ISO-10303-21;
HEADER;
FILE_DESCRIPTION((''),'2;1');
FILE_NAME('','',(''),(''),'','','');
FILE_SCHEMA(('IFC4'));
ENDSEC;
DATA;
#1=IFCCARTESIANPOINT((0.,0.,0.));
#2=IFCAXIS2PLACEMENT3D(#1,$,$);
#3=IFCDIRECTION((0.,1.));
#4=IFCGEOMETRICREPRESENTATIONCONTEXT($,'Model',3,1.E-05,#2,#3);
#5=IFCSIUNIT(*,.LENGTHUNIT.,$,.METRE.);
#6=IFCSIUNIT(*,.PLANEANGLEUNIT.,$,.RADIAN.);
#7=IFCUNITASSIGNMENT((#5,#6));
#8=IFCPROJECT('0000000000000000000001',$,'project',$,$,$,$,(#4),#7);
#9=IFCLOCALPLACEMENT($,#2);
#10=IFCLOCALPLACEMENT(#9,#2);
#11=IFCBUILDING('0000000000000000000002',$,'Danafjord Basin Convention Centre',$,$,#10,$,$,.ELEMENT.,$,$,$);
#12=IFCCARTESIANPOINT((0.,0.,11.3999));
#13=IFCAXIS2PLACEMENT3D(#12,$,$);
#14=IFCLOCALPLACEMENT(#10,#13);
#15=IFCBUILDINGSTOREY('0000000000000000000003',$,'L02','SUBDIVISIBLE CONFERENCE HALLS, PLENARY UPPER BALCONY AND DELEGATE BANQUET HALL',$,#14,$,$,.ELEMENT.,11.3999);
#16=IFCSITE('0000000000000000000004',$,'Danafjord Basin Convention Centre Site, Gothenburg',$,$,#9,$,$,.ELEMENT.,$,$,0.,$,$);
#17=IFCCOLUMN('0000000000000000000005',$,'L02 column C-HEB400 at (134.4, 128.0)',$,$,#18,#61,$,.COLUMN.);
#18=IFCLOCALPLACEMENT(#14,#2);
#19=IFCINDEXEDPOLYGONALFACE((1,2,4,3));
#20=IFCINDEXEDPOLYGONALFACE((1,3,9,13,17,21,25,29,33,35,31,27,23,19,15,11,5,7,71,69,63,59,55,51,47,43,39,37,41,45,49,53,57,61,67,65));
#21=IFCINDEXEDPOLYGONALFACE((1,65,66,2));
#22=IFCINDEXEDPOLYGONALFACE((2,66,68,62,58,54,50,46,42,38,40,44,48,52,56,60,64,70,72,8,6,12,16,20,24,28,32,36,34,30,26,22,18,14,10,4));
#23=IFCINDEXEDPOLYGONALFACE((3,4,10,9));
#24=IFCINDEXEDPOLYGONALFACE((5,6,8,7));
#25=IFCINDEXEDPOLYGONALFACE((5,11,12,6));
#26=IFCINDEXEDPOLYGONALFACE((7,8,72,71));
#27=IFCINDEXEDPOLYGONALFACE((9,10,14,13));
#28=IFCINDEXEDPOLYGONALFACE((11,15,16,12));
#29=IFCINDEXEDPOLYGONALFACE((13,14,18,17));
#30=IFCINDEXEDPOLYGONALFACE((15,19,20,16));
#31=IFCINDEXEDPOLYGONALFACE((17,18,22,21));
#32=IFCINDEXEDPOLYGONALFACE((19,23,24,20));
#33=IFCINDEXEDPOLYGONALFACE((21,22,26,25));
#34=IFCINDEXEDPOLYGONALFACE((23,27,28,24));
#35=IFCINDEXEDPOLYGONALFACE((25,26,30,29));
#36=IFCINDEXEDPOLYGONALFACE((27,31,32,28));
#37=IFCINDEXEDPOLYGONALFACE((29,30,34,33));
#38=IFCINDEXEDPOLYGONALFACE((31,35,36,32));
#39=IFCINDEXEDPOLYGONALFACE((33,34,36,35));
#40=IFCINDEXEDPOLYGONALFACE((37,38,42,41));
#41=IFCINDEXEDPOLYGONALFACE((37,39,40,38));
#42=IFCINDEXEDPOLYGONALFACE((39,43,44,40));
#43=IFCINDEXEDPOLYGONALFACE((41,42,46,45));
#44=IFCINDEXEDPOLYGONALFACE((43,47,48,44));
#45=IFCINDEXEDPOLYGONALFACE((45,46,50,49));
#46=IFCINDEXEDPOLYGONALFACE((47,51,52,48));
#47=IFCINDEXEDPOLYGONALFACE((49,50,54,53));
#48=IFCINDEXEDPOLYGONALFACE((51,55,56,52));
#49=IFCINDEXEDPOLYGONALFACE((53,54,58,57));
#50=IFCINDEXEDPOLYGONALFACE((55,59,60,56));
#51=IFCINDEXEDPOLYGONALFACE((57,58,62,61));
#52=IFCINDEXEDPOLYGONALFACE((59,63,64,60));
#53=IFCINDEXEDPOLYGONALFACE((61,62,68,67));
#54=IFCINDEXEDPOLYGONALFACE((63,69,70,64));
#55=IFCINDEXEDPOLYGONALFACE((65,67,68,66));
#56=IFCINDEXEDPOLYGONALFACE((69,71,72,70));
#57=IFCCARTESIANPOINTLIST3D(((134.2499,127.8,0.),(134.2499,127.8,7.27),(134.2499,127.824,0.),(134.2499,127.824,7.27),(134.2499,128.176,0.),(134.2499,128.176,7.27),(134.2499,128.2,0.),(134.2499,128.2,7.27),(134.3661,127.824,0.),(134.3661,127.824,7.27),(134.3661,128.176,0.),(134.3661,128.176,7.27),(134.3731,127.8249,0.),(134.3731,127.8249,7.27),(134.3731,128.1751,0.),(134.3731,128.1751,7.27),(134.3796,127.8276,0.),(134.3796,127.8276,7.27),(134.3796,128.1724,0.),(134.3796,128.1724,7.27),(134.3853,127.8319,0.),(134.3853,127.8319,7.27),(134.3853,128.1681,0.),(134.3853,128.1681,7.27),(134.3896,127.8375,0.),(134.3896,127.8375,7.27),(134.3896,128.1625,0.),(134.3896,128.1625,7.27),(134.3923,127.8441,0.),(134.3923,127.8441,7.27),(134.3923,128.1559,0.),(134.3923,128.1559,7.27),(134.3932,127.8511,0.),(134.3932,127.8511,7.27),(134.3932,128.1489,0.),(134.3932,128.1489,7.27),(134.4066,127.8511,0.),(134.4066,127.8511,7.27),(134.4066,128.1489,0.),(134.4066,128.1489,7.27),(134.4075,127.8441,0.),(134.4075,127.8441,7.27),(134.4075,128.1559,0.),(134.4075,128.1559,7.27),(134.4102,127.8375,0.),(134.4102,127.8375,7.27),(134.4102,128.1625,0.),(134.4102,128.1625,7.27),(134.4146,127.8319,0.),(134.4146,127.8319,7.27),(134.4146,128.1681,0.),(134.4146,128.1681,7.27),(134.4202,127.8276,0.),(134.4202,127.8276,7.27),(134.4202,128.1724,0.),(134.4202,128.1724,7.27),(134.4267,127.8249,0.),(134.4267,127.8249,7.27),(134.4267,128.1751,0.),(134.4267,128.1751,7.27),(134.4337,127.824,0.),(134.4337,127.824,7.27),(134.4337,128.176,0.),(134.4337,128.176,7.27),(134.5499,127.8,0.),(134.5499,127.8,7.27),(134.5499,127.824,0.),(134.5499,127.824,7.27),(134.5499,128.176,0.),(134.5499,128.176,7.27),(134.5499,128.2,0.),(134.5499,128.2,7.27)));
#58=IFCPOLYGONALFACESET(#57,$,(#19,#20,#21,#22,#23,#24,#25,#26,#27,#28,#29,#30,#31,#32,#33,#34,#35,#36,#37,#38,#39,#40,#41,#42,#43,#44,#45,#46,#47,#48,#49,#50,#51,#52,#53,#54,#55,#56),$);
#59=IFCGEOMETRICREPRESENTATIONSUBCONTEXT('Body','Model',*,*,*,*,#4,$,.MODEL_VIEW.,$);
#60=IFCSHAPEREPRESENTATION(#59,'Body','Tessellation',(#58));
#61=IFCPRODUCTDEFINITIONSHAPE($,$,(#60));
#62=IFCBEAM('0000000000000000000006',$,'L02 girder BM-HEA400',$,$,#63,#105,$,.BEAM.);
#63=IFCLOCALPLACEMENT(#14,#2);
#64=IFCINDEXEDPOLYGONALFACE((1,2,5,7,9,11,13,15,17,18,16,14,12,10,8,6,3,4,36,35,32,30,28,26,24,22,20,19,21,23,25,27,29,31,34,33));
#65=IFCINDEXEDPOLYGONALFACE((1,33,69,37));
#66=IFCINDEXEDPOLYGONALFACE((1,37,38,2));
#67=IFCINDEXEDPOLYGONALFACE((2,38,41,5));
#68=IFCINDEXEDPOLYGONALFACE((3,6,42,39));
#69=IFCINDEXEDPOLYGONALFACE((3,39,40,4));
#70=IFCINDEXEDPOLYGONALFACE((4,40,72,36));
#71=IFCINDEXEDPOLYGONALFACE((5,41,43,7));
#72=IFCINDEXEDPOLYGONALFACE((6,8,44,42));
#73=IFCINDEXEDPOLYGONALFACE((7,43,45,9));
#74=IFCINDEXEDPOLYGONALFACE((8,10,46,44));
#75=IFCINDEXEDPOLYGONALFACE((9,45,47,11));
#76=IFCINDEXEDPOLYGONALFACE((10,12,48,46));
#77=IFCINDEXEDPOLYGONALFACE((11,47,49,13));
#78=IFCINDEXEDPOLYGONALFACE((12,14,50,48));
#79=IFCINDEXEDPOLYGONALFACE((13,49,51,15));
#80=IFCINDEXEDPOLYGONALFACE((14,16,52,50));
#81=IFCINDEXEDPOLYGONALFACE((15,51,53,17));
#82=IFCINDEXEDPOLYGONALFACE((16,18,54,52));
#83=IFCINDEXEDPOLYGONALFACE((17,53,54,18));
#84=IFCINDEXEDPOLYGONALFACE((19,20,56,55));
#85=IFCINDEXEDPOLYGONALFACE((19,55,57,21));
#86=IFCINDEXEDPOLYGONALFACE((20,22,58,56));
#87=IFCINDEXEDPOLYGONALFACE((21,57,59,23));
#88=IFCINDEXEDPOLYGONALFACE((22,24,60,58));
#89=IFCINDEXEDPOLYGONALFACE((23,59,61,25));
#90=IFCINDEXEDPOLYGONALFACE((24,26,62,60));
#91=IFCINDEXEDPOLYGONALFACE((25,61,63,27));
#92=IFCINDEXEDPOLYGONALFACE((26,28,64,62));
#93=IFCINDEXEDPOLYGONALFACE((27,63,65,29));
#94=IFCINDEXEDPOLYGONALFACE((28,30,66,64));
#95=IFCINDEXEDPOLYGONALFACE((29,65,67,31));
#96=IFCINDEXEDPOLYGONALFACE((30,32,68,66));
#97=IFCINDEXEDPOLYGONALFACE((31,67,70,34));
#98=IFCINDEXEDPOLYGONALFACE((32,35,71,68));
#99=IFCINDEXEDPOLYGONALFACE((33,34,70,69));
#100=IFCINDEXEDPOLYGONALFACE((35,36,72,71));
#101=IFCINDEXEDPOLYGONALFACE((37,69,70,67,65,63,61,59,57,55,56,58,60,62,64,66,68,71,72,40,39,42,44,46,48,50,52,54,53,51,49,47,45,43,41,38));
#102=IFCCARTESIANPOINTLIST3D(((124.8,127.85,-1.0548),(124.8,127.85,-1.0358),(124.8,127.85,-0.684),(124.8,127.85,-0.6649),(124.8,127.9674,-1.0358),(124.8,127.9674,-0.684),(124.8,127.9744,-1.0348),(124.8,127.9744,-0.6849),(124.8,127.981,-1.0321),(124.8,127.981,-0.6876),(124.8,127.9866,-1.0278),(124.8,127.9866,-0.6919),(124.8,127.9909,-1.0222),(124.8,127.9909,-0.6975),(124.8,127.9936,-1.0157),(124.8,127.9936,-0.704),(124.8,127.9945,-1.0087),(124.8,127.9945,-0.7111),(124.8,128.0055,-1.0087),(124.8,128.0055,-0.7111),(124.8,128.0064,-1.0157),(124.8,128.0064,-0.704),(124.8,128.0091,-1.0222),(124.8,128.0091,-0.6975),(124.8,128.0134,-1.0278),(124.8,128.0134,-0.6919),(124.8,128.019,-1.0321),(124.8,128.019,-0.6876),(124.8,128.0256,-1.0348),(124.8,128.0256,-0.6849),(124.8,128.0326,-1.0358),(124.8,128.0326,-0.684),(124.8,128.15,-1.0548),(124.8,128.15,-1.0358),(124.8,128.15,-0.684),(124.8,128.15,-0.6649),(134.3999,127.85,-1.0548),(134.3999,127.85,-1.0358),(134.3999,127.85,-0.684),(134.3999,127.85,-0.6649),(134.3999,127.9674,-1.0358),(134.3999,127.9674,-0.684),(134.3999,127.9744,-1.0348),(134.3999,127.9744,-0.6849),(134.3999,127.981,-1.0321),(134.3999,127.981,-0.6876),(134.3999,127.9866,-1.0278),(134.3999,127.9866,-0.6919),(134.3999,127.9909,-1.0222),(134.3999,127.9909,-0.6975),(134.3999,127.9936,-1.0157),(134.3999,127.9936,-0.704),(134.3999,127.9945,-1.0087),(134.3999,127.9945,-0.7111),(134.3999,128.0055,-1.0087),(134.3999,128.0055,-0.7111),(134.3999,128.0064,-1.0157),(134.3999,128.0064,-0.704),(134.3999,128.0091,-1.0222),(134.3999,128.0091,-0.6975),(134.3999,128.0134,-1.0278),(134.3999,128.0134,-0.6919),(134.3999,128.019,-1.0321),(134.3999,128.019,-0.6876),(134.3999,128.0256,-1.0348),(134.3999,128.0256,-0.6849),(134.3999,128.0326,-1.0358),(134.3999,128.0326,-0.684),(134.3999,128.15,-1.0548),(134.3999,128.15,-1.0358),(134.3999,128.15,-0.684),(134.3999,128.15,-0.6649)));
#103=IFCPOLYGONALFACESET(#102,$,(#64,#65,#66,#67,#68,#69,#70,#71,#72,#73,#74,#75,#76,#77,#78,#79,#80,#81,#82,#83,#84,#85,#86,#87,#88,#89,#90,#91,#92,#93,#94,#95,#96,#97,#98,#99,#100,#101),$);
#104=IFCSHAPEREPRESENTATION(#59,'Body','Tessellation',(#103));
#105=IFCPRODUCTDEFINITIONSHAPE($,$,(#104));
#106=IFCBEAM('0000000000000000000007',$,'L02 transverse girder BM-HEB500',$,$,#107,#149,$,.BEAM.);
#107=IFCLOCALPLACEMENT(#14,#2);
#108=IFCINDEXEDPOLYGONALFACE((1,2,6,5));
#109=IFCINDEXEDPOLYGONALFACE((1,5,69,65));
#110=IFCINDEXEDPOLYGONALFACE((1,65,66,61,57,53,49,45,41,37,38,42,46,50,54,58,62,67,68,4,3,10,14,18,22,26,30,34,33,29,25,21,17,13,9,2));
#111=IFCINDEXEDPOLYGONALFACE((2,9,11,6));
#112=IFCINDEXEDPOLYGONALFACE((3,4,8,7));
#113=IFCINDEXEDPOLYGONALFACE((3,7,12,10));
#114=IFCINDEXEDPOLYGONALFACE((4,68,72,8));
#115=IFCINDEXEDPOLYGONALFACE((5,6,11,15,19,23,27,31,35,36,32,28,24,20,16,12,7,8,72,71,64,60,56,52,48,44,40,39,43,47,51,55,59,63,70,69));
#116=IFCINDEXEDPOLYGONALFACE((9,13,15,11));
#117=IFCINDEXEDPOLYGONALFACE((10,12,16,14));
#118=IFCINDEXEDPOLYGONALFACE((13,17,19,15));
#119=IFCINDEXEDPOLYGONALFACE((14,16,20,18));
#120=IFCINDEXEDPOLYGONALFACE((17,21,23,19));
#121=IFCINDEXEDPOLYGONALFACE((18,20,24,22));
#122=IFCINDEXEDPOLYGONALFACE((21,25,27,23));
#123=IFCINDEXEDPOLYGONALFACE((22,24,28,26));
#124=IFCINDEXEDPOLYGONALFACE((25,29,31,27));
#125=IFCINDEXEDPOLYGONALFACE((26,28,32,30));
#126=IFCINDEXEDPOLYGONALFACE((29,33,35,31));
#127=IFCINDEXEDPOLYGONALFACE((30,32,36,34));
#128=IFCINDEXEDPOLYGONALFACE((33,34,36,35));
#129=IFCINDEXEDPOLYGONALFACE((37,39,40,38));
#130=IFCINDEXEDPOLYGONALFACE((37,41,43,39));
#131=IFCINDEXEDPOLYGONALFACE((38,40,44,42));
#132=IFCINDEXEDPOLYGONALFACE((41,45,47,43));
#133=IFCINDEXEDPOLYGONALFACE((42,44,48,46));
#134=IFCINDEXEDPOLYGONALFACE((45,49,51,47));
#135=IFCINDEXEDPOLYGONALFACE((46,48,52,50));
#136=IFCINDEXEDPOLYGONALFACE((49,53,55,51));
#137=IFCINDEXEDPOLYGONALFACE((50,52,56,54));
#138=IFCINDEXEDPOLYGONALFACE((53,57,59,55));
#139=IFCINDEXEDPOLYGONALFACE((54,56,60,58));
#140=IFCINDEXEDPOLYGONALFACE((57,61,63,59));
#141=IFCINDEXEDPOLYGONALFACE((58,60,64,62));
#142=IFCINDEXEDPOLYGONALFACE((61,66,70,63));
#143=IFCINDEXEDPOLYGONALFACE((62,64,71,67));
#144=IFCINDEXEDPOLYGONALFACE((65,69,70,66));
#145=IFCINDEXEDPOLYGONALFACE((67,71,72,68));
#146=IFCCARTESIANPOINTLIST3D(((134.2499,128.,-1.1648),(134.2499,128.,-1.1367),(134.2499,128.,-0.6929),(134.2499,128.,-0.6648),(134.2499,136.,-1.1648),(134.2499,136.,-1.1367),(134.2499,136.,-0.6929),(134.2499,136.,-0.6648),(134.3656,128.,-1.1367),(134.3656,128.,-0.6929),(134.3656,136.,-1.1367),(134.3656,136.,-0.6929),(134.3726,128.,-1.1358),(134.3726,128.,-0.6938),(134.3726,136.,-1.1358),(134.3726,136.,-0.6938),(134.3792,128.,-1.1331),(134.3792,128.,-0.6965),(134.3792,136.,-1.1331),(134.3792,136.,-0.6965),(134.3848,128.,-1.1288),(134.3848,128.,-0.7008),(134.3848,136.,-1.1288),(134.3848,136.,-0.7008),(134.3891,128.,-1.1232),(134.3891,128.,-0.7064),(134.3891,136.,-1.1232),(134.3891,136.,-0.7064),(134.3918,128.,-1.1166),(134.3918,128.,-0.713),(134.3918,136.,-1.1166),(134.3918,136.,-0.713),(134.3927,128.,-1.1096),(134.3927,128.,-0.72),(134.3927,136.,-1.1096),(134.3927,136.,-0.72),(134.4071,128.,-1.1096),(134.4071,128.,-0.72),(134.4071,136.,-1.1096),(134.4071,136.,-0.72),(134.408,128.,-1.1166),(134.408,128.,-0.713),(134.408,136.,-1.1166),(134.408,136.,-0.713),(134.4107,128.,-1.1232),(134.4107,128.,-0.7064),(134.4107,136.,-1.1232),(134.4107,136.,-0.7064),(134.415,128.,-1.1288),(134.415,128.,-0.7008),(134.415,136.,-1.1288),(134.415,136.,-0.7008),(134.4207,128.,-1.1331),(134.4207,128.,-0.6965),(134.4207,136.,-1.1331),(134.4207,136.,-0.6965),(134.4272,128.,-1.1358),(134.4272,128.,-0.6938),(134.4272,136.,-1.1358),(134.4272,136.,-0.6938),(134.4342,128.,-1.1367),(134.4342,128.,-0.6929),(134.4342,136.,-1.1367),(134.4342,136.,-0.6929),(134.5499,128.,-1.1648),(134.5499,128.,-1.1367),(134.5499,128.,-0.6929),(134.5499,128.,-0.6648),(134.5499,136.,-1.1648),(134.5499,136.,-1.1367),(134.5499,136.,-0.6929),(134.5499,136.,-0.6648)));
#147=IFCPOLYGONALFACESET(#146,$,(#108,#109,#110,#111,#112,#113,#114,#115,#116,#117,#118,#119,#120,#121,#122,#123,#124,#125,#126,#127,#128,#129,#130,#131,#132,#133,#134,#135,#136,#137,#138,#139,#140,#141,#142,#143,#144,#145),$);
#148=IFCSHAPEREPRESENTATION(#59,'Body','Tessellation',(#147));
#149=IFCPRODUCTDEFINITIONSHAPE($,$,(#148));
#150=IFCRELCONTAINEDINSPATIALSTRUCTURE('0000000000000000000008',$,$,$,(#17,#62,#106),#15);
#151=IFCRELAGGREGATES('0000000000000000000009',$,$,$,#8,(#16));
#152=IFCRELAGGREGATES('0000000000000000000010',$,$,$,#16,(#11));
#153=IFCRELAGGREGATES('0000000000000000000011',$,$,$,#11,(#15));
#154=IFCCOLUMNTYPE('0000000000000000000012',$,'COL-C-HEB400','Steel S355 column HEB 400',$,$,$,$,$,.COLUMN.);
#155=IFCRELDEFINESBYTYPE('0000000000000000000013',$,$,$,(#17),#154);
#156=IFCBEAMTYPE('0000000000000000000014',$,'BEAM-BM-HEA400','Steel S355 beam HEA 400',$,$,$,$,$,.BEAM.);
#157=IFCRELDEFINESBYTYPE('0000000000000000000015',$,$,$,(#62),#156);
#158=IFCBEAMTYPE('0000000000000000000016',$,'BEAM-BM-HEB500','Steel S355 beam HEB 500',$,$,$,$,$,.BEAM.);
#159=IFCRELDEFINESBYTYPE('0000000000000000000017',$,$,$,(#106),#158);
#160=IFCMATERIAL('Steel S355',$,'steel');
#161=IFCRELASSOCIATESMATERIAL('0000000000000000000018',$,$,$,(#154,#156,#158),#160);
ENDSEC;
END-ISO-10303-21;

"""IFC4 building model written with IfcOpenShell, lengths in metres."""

from ifc_helpers import new_model, si_unit, direction, frame, origin, origin_2d, place, context, subcontext, project, spatial, i_section, extrude, material, material_profile, profile_set, type_object, element, save


model = new_model("IFC4")

# Units and contexts
model_context = context("Model", 3, precision=1e-05, world=origin(), true_north=direction((0.0, 1.0)))
body_context = subcontext(model_context, "Body", "Model", "MODEL_VIEW")
ifc_project = project(units=[si_unit("LENGTHUNIT", "METRE"), si_unit("PLANEANGLEUNIT", "RADIAN")], contexts=[model_context])

# Site, building, storey
site_placement = place(None, origin())
site = spatial("IfcSite", under=ifc_project, at=site_placement, Name="Danafjord Basin Convention Centre Site, Gothenburg", CompositionType="ELEMENT", RefElevation=0.0)
building_placement = place(site_placement, origin())
building = spatial("IfcBuilding", under=site, at=building_placement, Name="Danafjord Basin Convention Centre", CompositionType="ELEMENT")
storey_placement = place(building_placement, frame((0.0, 0.0, 11.3999)))
storey = spatial("IfcBuildingStorey", under=building, at=storey_placement, Name="L02", Description="SUBDIVISIBLE CONFERENCE HALLS, PLENARY UPPER BALCONY AND DELEGATE BANQUET HALL", CompositionType="ELEMENT", Elevation=11.3999)

# Column
ifc_material_1 = material(Name="Steel S355", Category="steel")
ifc_material_profile_1 = material_profile(ifc_material_1, i_section(OverallWidth=0.3, OverallDepth=0.3999, WebThickness=0.0134, FlangeThickness=0.0239, FilletRadius=0.0271, at=origin_2d()), Name="HEB 400")
ifc_profile_set_1 = profile_set([ifc_material_profile_1], Name="Steel S355")
column_type = type_object("IfcColumnType", Name="COL-C-HEB400", Description="Steel S355 column HEB 400", PredefinedType="COLUMN", material=ifc_profile_set_1)
column_placement = place(storey_placement, frame((134.3999, 128.0, 0.0), z_axis=(0.0, 0.0, 1.0), x_axis=(1.0, 0.0, 0.0)))
element("IfcColumn", 1, at=column_placement, inside=storey, type_object=column_type, Name="L02 column C-HEB400 at (134.4, 128.0)", PredefinedType="COLUMN", context=body_context, shape_type="SweptSolid", body=[
    extrude(i_section(OverallWidth=0.3, OverallDepth=0.3999, WebThickness=0.0134, FlangeThickness=0.0239, FilletRadius=0.0271, at=origin_2d()), origin(), (0.0, 0.0, 1.0), 7.27),
])

# Beams
ifc_material_profile_2 = material_profile(ifc_material_1, i_section(OverallWidth=0.3, OverallDepth=0.3899, WebThickness=0.011, FlangeThickness=0.019, FilletRadius=0.0271, at=origin_2d()), Name="HEA 400")
ifc_profile_set_2 = profile_set([ifc_material_profile_2], Name="Steel S355")
beam_type_1 = type_object("IfcBeamType", Name="BEAM-BM-HEA400", Description="Steel S355 beam HEA 400", PredefinedType="BEAM", material=ifc_profile_set_2)
beam_1_placement = place(storey_placement, frame((124.8, 128.0, -0.8599), z_axis=(1.0, 0.0, 0.0), x_axis=(0.0, 1.0, 0.0)))
element("IfcBeam", 2, at=beam_1_placement, inside=storey, type_object=beam_type_1, Name="L02 girder BM-HEA400", PredefinedType="BEAM", context=body_context, shape_type="SweptSolid", body=[
    extrude(i_section(OverallWidth=0.3, OverallDepth=0.3899, WebThickness=0.011, FlangeThickness=0.019, FilletRadius=0.0271, at=origin_2d()), origin(), (0.0, 0.0, 1.0), 9.5999),
])
ifc_material_profile_3 = material_profile(ifc_material_1, i_section(OverallWidth=0.3, OverallDepth=0.5, WebThickness=0.0144, FlangeThickness=0.0281, FilletRadius=0.0271, at=origin_2d()), Name="HEB 500")
ifc_profile_set_3 = profile_set([ifc_material_profile_3], Name="Steel S355")
beam_type_2 = type_object("IfcBeamType", Name="BEAM-BM-HEB500", Description="Steel S355 beam HEB 500", PredefinedType="BEAM", material=ifc_profile_set_3)
beam_2_placement = place(storey_placement, frame((134.3999, 128.0, -0.9148), z_axis=(0.0, 1.0, 0.0), x_axis=(-1.0, 0.0, 0.0)))
element("IfcBeam", 3, at=beam_2_placement, inside=storey, type_object=beam_type_2, Name="L02 transverse girder BM-HEB500", PredefinedType="BEAM", context=body_context, shape_type="SweptSolid", body=[
    extrude(i_section(OverallWidth=0.3, OverallDepth=0.5, WebThickness=0.0144, FlangeThickness=0.0281, FilletRadius=0.0271, at=origin_2d()), origin(), (0.0, 0.0, 1.0), 8.0),
])

save(model, "model.ifc")
